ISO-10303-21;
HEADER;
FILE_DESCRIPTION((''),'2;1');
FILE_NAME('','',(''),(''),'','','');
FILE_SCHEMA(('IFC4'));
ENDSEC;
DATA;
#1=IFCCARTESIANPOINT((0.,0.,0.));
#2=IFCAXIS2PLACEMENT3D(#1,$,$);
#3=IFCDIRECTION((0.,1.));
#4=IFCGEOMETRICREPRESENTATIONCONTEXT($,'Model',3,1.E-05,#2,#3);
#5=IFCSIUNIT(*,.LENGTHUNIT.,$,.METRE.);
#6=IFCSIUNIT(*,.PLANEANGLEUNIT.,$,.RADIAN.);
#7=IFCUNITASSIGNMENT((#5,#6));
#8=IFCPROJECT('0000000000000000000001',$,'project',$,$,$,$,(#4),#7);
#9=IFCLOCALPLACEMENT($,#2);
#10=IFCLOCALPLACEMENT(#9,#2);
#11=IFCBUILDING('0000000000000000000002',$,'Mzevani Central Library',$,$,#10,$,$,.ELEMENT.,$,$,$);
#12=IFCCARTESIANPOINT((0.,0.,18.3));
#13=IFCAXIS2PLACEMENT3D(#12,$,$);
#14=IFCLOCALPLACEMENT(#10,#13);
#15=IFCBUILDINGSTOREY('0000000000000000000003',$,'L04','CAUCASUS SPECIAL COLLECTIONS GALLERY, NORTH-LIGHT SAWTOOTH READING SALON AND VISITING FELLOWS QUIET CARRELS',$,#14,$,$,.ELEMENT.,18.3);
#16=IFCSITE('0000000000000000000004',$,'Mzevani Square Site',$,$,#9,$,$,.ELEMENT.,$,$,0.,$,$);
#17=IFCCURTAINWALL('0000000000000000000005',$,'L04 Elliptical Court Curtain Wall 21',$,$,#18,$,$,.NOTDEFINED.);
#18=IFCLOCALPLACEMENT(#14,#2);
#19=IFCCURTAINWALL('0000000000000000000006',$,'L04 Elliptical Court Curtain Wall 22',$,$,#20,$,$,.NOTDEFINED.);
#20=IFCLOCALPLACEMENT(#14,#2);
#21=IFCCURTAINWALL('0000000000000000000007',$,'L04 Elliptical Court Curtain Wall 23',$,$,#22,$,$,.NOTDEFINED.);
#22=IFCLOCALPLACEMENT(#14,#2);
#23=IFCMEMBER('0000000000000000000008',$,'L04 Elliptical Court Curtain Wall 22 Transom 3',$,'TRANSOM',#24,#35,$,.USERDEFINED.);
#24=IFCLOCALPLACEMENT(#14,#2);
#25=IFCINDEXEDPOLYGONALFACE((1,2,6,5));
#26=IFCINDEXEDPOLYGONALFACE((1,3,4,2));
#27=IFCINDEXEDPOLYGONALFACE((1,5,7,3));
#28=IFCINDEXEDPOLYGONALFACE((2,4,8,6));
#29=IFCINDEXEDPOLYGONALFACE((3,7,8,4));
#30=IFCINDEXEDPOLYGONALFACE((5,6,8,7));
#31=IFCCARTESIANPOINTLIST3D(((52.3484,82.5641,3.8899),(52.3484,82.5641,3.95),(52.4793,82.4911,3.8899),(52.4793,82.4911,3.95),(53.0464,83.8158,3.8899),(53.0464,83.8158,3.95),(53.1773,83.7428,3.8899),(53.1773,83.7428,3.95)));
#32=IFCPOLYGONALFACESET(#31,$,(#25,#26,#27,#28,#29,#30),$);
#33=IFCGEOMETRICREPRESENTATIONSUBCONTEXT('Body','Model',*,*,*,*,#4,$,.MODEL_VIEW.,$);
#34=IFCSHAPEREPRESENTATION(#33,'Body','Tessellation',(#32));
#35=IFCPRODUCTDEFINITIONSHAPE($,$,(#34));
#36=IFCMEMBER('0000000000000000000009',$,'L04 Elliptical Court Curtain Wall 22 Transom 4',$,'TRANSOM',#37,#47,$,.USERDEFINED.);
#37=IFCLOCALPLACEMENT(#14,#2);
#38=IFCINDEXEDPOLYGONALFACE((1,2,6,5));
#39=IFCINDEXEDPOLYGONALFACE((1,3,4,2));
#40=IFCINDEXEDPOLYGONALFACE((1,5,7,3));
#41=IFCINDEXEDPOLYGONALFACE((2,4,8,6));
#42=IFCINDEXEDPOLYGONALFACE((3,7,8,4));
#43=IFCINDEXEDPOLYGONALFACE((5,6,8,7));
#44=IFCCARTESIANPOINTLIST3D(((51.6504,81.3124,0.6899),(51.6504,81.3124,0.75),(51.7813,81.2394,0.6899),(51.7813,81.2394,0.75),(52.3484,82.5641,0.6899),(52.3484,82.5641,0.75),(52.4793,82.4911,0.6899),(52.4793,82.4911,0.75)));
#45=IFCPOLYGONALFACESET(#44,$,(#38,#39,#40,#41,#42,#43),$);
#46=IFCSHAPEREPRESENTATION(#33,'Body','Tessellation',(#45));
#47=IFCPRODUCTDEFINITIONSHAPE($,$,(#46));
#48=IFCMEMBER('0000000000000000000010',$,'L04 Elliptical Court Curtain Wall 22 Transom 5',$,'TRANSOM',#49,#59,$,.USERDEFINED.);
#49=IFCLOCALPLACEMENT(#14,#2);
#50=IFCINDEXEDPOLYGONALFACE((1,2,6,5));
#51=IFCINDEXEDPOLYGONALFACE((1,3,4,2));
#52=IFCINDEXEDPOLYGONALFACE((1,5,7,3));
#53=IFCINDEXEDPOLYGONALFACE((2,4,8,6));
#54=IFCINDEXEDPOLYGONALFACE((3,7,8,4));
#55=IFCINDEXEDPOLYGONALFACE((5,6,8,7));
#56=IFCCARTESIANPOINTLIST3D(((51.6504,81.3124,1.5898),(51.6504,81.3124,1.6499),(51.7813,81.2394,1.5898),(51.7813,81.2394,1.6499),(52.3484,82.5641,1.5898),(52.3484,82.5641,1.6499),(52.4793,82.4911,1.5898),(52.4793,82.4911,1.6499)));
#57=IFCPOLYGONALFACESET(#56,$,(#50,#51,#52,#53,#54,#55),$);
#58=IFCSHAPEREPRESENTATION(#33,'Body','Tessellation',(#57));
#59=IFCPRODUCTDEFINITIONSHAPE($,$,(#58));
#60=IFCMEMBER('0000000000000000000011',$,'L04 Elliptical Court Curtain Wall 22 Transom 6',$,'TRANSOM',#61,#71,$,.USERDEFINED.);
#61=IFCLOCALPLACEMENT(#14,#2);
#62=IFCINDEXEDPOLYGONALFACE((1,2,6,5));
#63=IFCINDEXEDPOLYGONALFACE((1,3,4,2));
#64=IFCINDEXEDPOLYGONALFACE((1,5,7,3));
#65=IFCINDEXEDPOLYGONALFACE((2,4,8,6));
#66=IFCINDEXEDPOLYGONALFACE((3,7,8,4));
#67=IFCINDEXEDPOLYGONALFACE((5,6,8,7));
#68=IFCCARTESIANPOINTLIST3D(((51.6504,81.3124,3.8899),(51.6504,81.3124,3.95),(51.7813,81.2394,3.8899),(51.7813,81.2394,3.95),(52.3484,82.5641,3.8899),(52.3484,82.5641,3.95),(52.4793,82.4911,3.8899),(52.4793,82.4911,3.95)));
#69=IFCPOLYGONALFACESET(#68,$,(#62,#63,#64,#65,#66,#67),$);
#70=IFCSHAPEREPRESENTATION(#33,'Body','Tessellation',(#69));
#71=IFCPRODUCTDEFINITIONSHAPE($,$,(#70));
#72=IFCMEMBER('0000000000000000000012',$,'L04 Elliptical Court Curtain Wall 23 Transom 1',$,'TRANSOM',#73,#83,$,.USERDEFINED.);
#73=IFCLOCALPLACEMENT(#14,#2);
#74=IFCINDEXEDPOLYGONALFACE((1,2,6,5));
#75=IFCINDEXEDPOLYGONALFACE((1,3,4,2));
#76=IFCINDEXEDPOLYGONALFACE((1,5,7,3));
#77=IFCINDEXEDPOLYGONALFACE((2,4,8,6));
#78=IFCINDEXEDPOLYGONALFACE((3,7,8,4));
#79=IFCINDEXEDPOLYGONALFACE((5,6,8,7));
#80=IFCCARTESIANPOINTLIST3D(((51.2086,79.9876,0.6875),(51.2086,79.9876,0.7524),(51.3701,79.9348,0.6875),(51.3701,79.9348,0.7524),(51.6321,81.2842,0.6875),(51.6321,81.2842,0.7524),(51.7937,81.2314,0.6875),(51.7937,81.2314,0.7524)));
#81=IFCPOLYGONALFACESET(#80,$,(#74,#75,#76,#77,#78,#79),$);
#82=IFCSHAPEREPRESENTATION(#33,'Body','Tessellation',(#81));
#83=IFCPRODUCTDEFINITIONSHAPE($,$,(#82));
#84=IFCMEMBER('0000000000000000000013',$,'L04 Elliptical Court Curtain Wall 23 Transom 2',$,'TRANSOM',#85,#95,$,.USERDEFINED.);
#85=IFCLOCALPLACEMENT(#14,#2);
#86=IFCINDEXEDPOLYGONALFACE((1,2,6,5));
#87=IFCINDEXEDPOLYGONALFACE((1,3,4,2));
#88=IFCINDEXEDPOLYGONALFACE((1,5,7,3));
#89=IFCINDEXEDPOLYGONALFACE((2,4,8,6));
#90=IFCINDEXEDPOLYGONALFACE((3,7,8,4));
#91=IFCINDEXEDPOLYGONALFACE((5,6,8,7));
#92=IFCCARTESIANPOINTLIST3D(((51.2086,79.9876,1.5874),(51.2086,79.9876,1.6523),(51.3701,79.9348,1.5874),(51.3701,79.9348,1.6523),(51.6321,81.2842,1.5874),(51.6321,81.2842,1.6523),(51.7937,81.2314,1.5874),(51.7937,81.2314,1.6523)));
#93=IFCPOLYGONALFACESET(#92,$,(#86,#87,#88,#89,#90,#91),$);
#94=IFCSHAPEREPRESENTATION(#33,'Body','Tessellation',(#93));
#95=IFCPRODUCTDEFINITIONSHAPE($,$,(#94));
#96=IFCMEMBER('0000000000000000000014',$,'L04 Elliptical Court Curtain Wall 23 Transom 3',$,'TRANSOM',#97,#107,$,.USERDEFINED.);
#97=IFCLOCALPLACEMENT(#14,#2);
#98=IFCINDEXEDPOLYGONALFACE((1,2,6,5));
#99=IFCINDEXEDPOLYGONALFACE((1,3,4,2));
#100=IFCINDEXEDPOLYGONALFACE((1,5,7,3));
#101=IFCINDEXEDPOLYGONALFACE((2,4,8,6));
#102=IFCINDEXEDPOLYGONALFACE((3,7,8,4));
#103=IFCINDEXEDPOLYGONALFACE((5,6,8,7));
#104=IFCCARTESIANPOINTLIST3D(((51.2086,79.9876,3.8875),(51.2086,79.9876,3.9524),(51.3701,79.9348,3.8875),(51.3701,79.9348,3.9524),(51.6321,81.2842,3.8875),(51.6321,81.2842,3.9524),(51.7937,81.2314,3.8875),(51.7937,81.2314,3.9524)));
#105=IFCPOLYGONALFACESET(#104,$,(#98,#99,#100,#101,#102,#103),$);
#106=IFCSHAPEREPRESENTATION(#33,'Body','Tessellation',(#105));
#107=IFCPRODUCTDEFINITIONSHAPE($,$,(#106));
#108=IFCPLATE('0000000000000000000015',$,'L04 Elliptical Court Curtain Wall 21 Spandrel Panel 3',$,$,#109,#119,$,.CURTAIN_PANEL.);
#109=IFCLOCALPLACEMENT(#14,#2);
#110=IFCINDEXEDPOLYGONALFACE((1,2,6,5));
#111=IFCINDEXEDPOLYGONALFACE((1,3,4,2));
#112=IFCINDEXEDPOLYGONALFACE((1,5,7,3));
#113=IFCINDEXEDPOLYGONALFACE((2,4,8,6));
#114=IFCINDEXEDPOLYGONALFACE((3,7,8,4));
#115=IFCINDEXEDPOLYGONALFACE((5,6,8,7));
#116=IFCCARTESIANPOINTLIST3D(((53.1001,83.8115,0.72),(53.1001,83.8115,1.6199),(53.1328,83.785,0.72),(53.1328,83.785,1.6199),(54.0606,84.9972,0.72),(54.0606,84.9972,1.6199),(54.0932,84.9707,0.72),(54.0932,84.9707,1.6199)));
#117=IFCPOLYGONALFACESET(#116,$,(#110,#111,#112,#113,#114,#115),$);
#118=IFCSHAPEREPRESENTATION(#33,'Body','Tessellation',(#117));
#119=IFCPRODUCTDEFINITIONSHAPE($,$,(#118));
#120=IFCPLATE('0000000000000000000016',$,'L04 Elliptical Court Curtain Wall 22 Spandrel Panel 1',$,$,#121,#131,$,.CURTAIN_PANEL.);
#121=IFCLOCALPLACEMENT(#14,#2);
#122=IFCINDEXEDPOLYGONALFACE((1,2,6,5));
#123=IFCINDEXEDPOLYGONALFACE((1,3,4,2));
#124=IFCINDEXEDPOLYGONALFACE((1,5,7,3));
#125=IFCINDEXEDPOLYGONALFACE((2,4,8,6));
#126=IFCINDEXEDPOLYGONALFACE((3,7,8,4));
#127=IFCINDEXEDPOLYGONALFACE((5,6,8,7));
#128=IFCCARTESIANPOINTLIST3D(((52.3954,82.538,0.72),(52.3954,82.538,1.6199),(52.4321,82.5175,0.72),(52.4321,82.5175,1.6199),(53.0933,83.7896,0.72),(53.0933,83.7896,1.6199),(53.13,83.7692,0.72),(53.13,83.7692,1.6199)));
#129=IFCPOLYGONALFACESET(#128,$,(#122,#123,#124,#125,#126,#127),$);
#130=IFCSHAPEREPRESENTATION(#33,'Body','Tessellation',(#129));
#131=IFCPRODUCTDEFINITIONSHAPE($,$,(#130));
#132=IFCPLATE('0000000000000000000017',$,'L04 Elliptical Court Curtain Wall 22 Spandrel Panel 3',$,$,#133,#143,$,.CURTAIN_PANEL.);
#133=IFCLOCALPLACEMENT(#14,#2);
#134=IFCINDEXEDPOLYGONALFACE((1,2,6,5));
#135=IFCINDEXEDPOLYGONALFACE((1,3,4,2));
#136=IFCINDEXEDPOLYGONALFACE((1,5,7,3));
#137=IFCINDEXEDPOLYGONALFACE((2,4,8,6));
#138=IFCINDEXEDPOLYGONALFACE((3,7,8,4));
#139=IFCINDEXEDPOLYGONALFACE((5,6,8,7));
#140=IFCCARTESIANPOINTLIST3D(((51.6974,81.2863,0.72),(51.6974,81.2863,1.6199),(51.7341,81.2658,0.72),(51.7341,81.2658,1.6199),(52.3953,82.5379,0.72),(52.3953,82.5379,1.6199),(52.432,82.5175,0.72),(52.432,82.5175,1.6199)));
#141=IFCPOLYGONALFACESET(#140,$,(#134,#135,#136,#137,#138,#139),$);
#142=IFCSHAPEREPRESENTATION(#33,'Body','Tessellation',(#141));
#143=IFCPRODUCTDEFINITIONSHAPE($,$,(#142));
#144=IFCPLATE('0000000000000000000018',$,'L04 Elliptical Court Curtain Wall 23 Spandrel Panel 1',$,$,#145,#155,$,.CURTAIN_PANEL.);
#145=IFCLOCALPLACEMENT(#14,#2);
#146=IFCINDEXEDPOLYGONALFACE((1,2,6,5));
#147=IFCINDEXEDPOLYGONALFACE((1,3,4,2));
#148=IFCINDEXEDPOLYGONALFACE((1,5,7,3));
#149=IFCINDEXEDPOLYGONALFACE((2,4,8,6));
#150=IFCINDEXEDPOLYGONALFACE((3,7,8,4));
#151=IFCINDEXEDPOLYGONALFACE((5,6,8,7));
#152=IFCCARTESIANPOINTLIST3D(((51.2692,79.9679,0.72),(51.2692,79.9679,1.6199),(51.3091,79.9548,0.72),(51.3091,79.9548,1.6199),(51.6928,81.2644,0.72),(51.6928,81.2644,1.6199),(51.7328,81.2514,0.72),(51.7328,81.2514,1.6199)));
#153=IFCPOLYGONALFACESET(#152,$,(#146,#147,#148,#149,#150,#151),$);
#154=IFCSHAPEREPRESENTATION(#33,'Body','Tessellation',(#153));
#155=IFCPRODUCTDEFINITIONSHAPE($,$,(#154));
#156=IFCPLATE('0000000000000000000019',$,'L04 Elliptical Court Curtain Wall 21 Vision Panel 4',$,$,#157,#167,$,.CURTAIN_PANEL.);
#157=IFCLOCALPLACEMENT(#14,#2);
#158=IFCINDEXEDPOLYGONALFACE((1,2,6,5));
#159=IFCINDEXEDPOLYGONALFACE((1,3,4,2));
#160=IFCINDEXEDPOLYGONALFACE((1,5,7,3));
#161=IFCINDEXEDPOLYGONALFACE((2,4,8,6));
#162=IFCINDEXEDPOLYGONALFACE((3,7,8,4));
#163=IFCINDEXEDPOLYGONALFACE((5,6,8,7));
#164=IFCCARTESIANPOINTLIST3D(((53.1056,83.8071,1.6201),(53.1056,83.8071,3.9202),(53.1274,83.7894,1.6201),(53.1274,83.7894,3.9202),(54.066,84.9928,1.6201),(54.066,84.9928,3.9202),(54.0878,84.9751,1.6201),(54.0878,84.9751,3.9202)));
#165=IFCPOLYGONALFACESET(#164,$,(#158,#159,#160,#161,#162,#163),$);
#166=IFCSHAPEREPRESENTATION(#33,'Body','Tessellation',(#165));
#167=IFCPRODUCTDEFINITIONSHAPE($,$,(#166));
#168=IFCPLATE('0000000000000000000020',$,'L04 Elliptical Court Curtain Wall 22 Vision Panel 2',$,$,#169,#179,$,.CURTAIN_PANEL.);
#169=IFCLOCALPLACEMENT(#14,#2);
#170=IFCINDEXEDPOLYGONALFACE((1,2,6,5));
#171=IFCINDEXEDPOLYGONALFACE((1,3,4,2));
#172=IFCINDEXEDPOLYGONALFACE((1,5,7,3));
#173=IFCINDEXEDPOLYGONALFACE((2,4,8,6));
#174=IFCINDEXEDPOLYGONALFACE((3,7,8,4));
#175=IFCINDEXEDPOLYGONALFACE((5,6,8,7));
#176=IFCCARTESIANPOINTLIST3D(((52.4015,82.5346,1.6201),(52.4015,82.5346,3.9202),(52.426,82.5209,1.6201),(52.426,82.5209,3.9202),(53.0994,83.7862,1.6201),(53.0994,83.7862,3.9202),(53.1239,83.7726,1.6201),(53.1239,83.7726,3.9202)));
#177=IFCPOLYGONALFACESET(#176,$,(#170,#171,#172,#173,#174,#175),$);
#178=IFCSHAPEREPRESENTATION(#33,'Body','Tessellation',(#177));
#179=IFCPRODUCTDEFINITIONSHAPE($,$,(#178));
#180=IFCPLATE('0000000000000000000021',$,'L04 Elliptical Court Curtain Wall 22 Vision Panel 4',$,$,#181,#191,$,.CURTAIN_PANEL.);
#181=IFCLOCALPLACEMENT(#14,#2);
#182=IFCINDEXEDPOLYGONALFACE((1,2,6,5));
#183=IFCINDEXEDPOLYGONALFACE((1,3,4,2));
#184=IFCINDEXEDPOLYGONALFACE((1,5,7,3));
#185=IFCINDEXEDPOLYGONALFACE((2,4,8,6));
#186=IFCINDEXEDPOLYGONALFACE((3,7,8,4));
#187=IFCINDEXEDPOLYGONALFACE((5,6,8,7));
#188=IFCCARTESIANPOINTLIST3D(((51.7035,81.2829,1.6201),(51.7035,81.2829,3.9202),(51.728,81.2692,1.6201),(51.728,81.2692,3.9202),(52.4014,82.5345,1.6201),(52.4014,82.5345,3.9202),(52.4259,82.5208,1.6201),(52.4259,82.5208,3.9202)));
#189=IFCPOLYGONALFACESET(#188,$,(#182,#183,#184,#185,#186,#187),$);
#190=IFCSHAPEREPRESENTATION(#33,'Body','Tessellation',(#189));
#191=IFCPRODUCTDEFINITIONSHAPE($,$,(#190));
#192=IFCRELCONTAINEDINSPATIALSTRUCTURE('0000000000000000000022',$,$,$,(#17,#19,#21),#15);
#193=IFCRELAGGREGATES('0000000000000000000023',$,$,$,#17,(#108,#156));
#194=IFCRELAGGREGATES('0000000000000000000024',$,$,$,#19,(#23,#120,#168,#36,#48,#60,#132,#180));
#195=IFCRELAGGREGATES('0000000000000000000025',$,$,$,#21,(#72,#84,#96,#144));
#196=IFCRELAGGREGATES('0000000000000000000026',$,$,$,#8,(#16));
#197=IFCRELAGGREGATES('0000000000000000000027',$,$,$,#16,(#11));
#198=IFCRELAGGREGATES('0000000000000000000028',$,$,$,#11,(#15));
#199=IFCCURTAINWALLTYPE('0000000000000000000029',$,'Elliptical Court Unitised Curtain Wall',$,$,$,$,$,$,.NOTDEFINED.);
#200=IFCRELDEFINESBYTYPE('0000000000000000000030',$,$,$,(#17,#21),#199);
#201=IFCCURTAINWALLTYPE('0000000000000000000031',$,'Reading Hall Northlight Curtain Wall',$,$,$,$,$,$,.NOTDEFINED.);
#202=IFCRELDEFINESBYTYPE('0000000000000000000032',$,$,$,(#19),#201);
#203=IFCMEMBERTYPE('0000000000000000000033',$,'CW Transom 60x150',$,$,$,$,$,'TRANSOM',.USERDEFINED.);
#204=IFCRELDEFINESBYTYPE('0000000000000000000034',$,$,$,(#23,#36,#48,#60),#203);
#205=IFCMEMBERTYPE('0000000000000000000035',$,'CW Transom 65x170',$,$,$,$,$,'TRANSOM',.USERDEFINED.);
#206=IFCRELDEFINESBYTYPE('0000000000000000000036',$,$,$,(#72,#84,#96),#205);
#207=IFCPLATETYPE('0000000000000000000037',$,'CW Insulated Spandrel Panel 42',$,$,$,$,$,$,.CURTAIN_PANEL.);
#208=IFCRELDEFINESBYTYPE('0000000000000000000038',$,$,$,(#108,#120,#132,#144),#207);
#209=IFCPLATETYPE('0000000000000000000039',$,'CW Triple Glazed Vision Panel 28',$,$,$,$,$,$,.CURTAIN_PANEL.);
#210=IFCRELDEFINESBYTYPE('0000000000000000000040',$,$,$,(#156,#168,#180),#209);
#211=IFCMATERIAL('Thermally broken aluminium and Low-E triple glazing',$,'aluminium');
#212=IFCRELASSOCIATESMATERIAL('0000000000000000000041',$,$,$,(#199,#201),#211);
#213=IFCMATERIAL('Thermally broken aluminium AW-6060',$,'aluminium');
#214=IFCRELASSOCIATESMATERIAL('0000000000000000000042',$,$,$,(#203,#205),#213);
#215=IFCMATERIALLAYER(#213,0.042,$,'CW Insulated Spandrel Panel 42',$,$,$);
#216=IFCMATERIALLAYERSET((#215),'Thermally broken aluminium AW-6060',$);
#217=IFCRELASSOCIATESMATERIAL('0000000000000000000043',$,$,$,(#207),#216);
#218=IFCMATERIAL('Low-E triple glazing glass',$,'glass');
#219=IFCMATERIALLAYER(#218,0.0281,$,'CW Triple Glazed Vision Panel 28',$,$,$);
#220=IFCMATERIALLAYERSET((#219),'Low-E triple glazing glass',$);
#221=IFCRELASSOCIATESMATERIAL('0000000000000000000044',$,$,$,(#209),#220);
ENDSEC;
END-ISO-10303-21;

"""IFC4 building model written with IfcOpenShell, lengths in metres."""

from ifc_helpers import new_model, si_unit, direction, frame, origin, origin_2d, place, context, subcontext, project, spatial, rectangle, extrude, material, layer, layer_set, material_profile, profile_set, type_object, element, aggregate, save


model = new_model("IFC4")

# Units and contexts
model_context = context("Model", 3, precision=1e-05, world=origin(), true_north=direction((0.0, 1.0)))
body_context = subcontext(model_context, "Body", "Model", "MODEL_VIEW")
ifc_project = project(units=[si_unit("LENGTHUNIT", "METRE"), si_unit("PLANEANGLEUNIT", "RADIAN")], contexts=[model_context])

# Site, building, storey
site_placement = place(None, origin())
site = spatial("IfcSite", under=ifc_project, at=site_placement, Name="Mzevani Square Site", CompositionType="ELEMENT", RefElevation=0.0)
building_placement = place(site_placement, origin())
building = spatial("IfcBuilding", under=site, at=building_placement, Name="Mzevani Central Library", CompositionType="ELEMENT")
storey_placement = place(building_placement, frame((0.0, 0.0, 18.3)))
storey = spatial("IfcBuildingStorey", under=building, at=storey_placement, Name="L04", Description="CAUCASUS SPECIAL COLLECTIONS GALLERY, NORTH-LIGHT SAWTOOTH READING SALON AND VISITING FELLOWS QUIET CARRELS", CompositionType="ELEMENT", Elevation=18.3)

# Curtain walls
ifc_material_1 = material(Name="Thermally broken aluminium and Low-E triple glazing", Category="aluminium")
curtain_wall_type_1 = type_object("IfcCurtainWallType", Name="Elliptical Court Unitised Curtain Wall", PredefinedType="NOTDEFINED", material=ifc_material_1)
curtain_wall_1_placement = place(storey_placement, origin())
curtain_wall_1 = element("IfcCurtainWall", 1, at=curtain_wall_1_placement, inside=storey, type_object=curtain_wall_type_1, Name="L04 Elliptical Court Curtain Wall 21", PredefinedType="NOTDEFINED")
ifc_material_2 = material(Name="Thermally broken aluminium AW-6060", Category="aluminium")
curtain_wall_type_2 = type_object("IfcCurtainWallType", Name="Reading Hall Northlight Curtain Wall", PredefinedType="NOTDEFINED", material=ifc_material_1)
curtain_wall_2_placement = place(storey_placement, origin())
curtain_wall_2 = element("IfcCurtainWall", 2, at=curtain_wall_2_placement, inside=storey, type_object=curtain_wall_type_2, Name="L04 Elliptical Court Curtain Wall 22", PredefinedType="NOTDEFINED")

# Curtain wall
curtain_wall_3_placement = place(storey_placement, origin())
curtain_wall_3 = element("IfcCurtainWall", 3, at=curtain_wall_3_placement, inside=storey, type_object=curtain_wall_type_1, Name="L04 Elliptical Court Curtain Wall 23", PredefinedType="NOTDEFINED")

# Members
ifc_material_profile_1 = material_profile(ifc_material_2, rectangle(XDim=0.1499, YDim=0.0601, at=origin_2d()), Name="ALU T60x150")
ifc_profile_set_1 = profile_set([ifc_material_profile_1], Name="Thermally broken aluminium AW-6060")
member_type_1 = type_object("IfcMemberType", Name="CW Transom 60x150", ElementType="TRANSOM", PredefinedType="USERDEFINED", material=ifc_profile_set_1)
member_1_placement = place(storey_placement, frame((53.1118, 83.7793, 3.9199), z_axis=(-0.487031, -0.873385, 0.0), x_axis=(0.873385, -0.487031, 0.0)))
member_1 = element("IfcMember", 4, at=member_1_placement, type_object=member_type_1, Name="L04 Elliptical Court Curtain Wall 22 Transom 3", ObjectType="TRANSOM", PredefinedType="USERDEFINED", context=body_context, shape_type="SweptSolid", body=[
    extrude(rectangle(XDim=0.1499, YDim=0.0601, at=origin_2d()), origin(), (0.0, 0.0, 1.0), 1.4331),
])
member_2_placement = place(storey_placement, frame((52.4138, 82.5276, 0.72), z_axis=(-0.487031, -0.873385, 0.0), x_axis=(0.873385, -0.487031, 0.0)))
member_2 = element("IfcMember", 5, at=member_2_placement, type_object=member_type_1, Name="L04 Elliptical Court Curtain Wall 22 Transom 4", ObjectType="TRANSOM", PredefinedType="USERDEFINED", context=body_context, shape_type="SweptSolid", body=[
    extrude(rectangle(XDim=0.1499, YDim=0.0601, at=origin_2d()), origin(), (0.0, 0.0, 1.0), 1.4331),
])
member_3_placement = place(storey_placement, frame((52.4138, 82.5276, 1.6199), z_axis=(-0.487031, -0.873385, 0.0), x_axis=(0.873385, -0.487031, 0.0)))
member_3 = element("IfcMember", 6, at=member_3_placement, type_object=member_type_1, Name="L04 Elliptical Court Curtain Wall 22 Transom 5", ObjectType="TRANSOM", PredefinedType="USERDEFINED", context=body_context, shape_type="SweptSolid", body=[
    extrude(rectangle(XDim=0.1499, YDim=0.0601, at=origin_2d()), origin(), (0.0, 0.0, 1.0), 1.4331),
])
member_4_placement = place(storey_placement, frame((52.4138, 82.5276, 3.9199), z_axis=(-0.487031, -0.873385, 0.0), x_axis=(0.873385, -0.487031, 0.0)))
member_4 = element("IfcMember", 7, at=member_4_placement, type_object=member_type_1, Name="L04 Elliptical Court Curtain Wall 22 Transom 6", ObjectType="TRANSOM", PredefinedType="USERDEFINED", context=body_context, shape_type="SweptSolid", body=[
    extrude(rectangle(XDim=0.1499, YDim=0.0601, at=origin_2d()), origin(), (0.0, 0.0, 1.0), 1.4331),
])
ifc_material_profile_2 = material_profile(ifc_material_2, rectangle(XDim=0.1699, YDim=0.0649, at=origin_2d()), Name="ALU T65x170")
ifc_profile_set_2 = profile_set([ifc_material_profile_2], Name="Thermally broken aluminium AW-6060")
member_type_2 = type_object("IfcMemberType", Name="CW Transom 65x170", ElementType="TRANSOM", PredefinedType="USERDEFINED", material=ifc_profile_set_2)
member_5_placement = place(storey_placement, frame((51.7129, 81.2578, 0.72), z_axis=(-0.310531, -0.950563, 0.0), x_axis=(0.950563, -0.310531, 0.0)))
member_5 = element("IfcMember", 8, at=member_5_placement, type_object=member_type_2, Name="L04 Elliptical Court Curtain Wall 23 Transom 1", ObjectType="TRANSOM", PredefinedType="USERDEFINED", context=body_context, shape_type="SweptSolid", body=[
    extrude(rectangle(XDim=0.1699, YDim=0.0649, at=origin_2d()), origin(), (0.0, 0.0, 1.0), 1.364),
])
member_6_placement = place(storey_placement, frame((51.7129, 81.2578, 1.6199), z_axis=(-0.310531, -0.950563, 0.0), x_axis=(0.950563, -0.310531, 0.0)))
member_6 = element("IfcMember", 9, at=member_6_placement, type_object=member_type_2, Name="L04 Elliptical Court Curtain Wall 23 Transom 2", ObjectType="TRANSOM", PredefinedType="USERDEFINED", context=body_context, shape_type="SweptSolid", body=[
    extrude(rectangle(XDim=0.1699, YDim=0.0649, at=origin_2d()), origin(), (0.0, 0.0, 1.0), 1.364),
])
member_7_placement = place(storey_placement, frame((51.7129, 81.2578, 3.9199), z_axis=(-0.310531, -0.950563, 0.0), x_axis=(0.950563, -0.310531, 0.0)))
member_7 = element("IfcMember", 10, at=member_7_placement, type_object=member_type_2, Name="L04 Elliptical Court Curtain Wall 23 Transom 3", ObjectType="TRANSOM", PredefinedType="USERDEFINED", context=body_context, shape_type="SweptSolid", body=[
    extrude(rectangle(XDim=0.1699, YDim=0.0649, at=origin_2d()), origin(), (0.0, 0.0, 1.0), 1.364),
])

# Plates
ifc_layer_1 = layer(ifc_material_2, 0.042, Name="CW Insulated Spandrel Panel 42")
ifc_layer_set_1 = layer_set([ifc_layer_1], Name="Thermally broken aluminium AW-6060")
plate_type_1 = type_object("IfcPlateType", Name="CW Insulated Spandrel Panel 42", PredefinedType="CURTAIN_PANEL", material=ifc_layer_set_1)
plate_1_placement = place(storey_placement, frame((53.5967, 84.3911, 0.72), z_axis=(0.0, 0.0, 1.0), x_axis=(-0.629428, -0.777059, 0.0)))
plate_1 = element("IfcPlate", 11, at=plate_1_placement, type_object=plate_type_1, Name="L04 Elliptical Court Curtain Wall 21 Spandrel Panel 3", PredefinedType="CURTAIN_PANEL", context=body_context, shape_type="SweptSolid", body=[
    extrude(rectangle(XDim=1.5259, YDim=0.042, at=origin_2d()), origin(), (0.0, 0.0, 1.0), 0.8999),
])
plate_2_placement = place(storey_placement, frame((52.7627, 83.1536, 0.72), z_axis=(0.0, 0.0, 1.0), x_axis=(-0.48702, -0.873391, 0.0)))
plate_2 = element("IfcPlate", 12, at=plate_2_placement, type_object=plate_type_1, Name="L04 Elliptical Court Curtain Wall 22 Spandrel Panel 1", PredefinedType="CURTAIN_PANEL", context=body_context, shape_type="SweptSolid", body=[
    extrude(rectangle(XDim=1.4331, YDim=0.042, at=origin_2d()), origin(), (0.0, 0.0, 1.0), 0.8999),
])
plate_3_placement = place(storey_placement, frame((52.0647, 81.9019, 0.72), z_axis=(0.0, 0.0, 1.0), x_axis=(-0.48702, -0.873391, 0.0)))
plate_3 = element("IfcPlate", 13, at=plate_3_placement, type_object=plate_type_1, Name="L04 Elliptical Court Curtain Wall 22 Spandrel Panel 3", PredefinedType="CURTAIN_PANEL", context=body_context, shape_type="SweptSolid", body=[
    extrude(rectangle(XDim=1.4331, YDim=0.042, at=origin_2d()), origin(), (0.0, 0.0, 1.0), 0.8999),
])
plate_4_placement = place(storey_placement, frame((51.501, 80.6096, 0.72), z_axis=(0.0, 0.0, 1.0), x_axis=(-0.310592, -0.950543, 0.0)))
plate_4 = element("IfcPlate", 14, at=plate_4_placement, type_object=plate_type_1, Name="L04 Elliptical Court Curtain Wall 23 Spandrel Panel 1", PredefinedType="CURTAIN_PANEL", context=body_context, shape_type="SweptSolid", body=[
    extrude(rectangle(XDim=1.364, YDim=0.042, at=origin_2d()), origin(), (0.0, 0.0, 1.0), 0.8999),
])
ifc_material_3 = material(Name="Low-E triple glazing glass", Category="glass")
ifc_layer_2 = layer(ifc_material_3, 0.0281, Name="CW Triple Glazed Vision Panel 28")
ifc_layer_set_2 = layer_set([ifc_layer_2], Name="Low-E triple glazing glass")
plate_type_2 = type_object("IfcPlateType", Name="CW Triple Glazed Vision Panel 28", PredefinedType="CURTAIN_PANEL", material=ifc_layer_set_2)
plate_5_placement = place(storey_placement, frame((53.5967, 84.3911, 1.6201), z_axis=(0.0, 0.0, 1.0), x_axis=(-0.629428, -0.777059, 0.0)))
plate_5 = element("IfcPlate", 15, at=plate_5_placement, type_object=plate_type_2, Name="L04 Elliptical Court Curtain Wall 21 Vision Panel 4", PredefinedType="CURTAIN_PANEL", context=body_context, shape_type="SweptSolid", body=[
    extrude(rectangle(XDim=1.5259, YDim=0.0281, at=origin_2d()), origin(), (0.0, 0.0, 1.0), 2.3),
])
aggregate(curtain_wall_1, [plate_1, plate_5])
plate_6_placement = place(storey_placement, frame((52.7627, 83.1536, 1.6201), z_axis=(0.0, 0.0, 1.0), x_axis=(-0.48702, -0.873391, 0.0)))
plate_6 = element("IfcPlate", 16, at=plate_6_placement, type_object=plate_type_2, Name="L04 Elliptical Court Curtain Wall 22 Vision Panel 2", PredefinedType="CURTAIN_PANEL", context=body_context, shape_type="SweptSolid", body=[
    extrude(rectangle(XDim=1.4331, YDim=0.0281, at=origin_2d()), origin(), (0.0, 0.0, 1.0), 2.3),
])
plate_7_placement = place(storey_placement, frame((52.0647, 81.9019, 1.6201), z_axis=(0.0, 0.0, 1.0), x_axis=(-0.48702, -0.873391, 0.0)))
plate_7 = element("IfcPlate", 17, at=plate_7_placement, type_object=plate_type_2, Name="L04 Elliptical Court Curtain Wall 22 Vision Panel 4", PredefinedType="CURTAIN_PANEL", context=body_context, shape_type="SweptSolid", body=[
    extrude(rectangle(XDim=1.4331, YDim=0.0281, at=origin_2d()), origin(), (0.0, 0.0, 1.0), 2.3),
])
aggregate(curtain_wall_2, [member_1, plate_2, plate_6, member_2, member_3, member_4, plate_3, plate_7])
aggregate(curtain_wall_3, [member_5, member_6, member_7, plate_4])

save(model, "model.ifc")
